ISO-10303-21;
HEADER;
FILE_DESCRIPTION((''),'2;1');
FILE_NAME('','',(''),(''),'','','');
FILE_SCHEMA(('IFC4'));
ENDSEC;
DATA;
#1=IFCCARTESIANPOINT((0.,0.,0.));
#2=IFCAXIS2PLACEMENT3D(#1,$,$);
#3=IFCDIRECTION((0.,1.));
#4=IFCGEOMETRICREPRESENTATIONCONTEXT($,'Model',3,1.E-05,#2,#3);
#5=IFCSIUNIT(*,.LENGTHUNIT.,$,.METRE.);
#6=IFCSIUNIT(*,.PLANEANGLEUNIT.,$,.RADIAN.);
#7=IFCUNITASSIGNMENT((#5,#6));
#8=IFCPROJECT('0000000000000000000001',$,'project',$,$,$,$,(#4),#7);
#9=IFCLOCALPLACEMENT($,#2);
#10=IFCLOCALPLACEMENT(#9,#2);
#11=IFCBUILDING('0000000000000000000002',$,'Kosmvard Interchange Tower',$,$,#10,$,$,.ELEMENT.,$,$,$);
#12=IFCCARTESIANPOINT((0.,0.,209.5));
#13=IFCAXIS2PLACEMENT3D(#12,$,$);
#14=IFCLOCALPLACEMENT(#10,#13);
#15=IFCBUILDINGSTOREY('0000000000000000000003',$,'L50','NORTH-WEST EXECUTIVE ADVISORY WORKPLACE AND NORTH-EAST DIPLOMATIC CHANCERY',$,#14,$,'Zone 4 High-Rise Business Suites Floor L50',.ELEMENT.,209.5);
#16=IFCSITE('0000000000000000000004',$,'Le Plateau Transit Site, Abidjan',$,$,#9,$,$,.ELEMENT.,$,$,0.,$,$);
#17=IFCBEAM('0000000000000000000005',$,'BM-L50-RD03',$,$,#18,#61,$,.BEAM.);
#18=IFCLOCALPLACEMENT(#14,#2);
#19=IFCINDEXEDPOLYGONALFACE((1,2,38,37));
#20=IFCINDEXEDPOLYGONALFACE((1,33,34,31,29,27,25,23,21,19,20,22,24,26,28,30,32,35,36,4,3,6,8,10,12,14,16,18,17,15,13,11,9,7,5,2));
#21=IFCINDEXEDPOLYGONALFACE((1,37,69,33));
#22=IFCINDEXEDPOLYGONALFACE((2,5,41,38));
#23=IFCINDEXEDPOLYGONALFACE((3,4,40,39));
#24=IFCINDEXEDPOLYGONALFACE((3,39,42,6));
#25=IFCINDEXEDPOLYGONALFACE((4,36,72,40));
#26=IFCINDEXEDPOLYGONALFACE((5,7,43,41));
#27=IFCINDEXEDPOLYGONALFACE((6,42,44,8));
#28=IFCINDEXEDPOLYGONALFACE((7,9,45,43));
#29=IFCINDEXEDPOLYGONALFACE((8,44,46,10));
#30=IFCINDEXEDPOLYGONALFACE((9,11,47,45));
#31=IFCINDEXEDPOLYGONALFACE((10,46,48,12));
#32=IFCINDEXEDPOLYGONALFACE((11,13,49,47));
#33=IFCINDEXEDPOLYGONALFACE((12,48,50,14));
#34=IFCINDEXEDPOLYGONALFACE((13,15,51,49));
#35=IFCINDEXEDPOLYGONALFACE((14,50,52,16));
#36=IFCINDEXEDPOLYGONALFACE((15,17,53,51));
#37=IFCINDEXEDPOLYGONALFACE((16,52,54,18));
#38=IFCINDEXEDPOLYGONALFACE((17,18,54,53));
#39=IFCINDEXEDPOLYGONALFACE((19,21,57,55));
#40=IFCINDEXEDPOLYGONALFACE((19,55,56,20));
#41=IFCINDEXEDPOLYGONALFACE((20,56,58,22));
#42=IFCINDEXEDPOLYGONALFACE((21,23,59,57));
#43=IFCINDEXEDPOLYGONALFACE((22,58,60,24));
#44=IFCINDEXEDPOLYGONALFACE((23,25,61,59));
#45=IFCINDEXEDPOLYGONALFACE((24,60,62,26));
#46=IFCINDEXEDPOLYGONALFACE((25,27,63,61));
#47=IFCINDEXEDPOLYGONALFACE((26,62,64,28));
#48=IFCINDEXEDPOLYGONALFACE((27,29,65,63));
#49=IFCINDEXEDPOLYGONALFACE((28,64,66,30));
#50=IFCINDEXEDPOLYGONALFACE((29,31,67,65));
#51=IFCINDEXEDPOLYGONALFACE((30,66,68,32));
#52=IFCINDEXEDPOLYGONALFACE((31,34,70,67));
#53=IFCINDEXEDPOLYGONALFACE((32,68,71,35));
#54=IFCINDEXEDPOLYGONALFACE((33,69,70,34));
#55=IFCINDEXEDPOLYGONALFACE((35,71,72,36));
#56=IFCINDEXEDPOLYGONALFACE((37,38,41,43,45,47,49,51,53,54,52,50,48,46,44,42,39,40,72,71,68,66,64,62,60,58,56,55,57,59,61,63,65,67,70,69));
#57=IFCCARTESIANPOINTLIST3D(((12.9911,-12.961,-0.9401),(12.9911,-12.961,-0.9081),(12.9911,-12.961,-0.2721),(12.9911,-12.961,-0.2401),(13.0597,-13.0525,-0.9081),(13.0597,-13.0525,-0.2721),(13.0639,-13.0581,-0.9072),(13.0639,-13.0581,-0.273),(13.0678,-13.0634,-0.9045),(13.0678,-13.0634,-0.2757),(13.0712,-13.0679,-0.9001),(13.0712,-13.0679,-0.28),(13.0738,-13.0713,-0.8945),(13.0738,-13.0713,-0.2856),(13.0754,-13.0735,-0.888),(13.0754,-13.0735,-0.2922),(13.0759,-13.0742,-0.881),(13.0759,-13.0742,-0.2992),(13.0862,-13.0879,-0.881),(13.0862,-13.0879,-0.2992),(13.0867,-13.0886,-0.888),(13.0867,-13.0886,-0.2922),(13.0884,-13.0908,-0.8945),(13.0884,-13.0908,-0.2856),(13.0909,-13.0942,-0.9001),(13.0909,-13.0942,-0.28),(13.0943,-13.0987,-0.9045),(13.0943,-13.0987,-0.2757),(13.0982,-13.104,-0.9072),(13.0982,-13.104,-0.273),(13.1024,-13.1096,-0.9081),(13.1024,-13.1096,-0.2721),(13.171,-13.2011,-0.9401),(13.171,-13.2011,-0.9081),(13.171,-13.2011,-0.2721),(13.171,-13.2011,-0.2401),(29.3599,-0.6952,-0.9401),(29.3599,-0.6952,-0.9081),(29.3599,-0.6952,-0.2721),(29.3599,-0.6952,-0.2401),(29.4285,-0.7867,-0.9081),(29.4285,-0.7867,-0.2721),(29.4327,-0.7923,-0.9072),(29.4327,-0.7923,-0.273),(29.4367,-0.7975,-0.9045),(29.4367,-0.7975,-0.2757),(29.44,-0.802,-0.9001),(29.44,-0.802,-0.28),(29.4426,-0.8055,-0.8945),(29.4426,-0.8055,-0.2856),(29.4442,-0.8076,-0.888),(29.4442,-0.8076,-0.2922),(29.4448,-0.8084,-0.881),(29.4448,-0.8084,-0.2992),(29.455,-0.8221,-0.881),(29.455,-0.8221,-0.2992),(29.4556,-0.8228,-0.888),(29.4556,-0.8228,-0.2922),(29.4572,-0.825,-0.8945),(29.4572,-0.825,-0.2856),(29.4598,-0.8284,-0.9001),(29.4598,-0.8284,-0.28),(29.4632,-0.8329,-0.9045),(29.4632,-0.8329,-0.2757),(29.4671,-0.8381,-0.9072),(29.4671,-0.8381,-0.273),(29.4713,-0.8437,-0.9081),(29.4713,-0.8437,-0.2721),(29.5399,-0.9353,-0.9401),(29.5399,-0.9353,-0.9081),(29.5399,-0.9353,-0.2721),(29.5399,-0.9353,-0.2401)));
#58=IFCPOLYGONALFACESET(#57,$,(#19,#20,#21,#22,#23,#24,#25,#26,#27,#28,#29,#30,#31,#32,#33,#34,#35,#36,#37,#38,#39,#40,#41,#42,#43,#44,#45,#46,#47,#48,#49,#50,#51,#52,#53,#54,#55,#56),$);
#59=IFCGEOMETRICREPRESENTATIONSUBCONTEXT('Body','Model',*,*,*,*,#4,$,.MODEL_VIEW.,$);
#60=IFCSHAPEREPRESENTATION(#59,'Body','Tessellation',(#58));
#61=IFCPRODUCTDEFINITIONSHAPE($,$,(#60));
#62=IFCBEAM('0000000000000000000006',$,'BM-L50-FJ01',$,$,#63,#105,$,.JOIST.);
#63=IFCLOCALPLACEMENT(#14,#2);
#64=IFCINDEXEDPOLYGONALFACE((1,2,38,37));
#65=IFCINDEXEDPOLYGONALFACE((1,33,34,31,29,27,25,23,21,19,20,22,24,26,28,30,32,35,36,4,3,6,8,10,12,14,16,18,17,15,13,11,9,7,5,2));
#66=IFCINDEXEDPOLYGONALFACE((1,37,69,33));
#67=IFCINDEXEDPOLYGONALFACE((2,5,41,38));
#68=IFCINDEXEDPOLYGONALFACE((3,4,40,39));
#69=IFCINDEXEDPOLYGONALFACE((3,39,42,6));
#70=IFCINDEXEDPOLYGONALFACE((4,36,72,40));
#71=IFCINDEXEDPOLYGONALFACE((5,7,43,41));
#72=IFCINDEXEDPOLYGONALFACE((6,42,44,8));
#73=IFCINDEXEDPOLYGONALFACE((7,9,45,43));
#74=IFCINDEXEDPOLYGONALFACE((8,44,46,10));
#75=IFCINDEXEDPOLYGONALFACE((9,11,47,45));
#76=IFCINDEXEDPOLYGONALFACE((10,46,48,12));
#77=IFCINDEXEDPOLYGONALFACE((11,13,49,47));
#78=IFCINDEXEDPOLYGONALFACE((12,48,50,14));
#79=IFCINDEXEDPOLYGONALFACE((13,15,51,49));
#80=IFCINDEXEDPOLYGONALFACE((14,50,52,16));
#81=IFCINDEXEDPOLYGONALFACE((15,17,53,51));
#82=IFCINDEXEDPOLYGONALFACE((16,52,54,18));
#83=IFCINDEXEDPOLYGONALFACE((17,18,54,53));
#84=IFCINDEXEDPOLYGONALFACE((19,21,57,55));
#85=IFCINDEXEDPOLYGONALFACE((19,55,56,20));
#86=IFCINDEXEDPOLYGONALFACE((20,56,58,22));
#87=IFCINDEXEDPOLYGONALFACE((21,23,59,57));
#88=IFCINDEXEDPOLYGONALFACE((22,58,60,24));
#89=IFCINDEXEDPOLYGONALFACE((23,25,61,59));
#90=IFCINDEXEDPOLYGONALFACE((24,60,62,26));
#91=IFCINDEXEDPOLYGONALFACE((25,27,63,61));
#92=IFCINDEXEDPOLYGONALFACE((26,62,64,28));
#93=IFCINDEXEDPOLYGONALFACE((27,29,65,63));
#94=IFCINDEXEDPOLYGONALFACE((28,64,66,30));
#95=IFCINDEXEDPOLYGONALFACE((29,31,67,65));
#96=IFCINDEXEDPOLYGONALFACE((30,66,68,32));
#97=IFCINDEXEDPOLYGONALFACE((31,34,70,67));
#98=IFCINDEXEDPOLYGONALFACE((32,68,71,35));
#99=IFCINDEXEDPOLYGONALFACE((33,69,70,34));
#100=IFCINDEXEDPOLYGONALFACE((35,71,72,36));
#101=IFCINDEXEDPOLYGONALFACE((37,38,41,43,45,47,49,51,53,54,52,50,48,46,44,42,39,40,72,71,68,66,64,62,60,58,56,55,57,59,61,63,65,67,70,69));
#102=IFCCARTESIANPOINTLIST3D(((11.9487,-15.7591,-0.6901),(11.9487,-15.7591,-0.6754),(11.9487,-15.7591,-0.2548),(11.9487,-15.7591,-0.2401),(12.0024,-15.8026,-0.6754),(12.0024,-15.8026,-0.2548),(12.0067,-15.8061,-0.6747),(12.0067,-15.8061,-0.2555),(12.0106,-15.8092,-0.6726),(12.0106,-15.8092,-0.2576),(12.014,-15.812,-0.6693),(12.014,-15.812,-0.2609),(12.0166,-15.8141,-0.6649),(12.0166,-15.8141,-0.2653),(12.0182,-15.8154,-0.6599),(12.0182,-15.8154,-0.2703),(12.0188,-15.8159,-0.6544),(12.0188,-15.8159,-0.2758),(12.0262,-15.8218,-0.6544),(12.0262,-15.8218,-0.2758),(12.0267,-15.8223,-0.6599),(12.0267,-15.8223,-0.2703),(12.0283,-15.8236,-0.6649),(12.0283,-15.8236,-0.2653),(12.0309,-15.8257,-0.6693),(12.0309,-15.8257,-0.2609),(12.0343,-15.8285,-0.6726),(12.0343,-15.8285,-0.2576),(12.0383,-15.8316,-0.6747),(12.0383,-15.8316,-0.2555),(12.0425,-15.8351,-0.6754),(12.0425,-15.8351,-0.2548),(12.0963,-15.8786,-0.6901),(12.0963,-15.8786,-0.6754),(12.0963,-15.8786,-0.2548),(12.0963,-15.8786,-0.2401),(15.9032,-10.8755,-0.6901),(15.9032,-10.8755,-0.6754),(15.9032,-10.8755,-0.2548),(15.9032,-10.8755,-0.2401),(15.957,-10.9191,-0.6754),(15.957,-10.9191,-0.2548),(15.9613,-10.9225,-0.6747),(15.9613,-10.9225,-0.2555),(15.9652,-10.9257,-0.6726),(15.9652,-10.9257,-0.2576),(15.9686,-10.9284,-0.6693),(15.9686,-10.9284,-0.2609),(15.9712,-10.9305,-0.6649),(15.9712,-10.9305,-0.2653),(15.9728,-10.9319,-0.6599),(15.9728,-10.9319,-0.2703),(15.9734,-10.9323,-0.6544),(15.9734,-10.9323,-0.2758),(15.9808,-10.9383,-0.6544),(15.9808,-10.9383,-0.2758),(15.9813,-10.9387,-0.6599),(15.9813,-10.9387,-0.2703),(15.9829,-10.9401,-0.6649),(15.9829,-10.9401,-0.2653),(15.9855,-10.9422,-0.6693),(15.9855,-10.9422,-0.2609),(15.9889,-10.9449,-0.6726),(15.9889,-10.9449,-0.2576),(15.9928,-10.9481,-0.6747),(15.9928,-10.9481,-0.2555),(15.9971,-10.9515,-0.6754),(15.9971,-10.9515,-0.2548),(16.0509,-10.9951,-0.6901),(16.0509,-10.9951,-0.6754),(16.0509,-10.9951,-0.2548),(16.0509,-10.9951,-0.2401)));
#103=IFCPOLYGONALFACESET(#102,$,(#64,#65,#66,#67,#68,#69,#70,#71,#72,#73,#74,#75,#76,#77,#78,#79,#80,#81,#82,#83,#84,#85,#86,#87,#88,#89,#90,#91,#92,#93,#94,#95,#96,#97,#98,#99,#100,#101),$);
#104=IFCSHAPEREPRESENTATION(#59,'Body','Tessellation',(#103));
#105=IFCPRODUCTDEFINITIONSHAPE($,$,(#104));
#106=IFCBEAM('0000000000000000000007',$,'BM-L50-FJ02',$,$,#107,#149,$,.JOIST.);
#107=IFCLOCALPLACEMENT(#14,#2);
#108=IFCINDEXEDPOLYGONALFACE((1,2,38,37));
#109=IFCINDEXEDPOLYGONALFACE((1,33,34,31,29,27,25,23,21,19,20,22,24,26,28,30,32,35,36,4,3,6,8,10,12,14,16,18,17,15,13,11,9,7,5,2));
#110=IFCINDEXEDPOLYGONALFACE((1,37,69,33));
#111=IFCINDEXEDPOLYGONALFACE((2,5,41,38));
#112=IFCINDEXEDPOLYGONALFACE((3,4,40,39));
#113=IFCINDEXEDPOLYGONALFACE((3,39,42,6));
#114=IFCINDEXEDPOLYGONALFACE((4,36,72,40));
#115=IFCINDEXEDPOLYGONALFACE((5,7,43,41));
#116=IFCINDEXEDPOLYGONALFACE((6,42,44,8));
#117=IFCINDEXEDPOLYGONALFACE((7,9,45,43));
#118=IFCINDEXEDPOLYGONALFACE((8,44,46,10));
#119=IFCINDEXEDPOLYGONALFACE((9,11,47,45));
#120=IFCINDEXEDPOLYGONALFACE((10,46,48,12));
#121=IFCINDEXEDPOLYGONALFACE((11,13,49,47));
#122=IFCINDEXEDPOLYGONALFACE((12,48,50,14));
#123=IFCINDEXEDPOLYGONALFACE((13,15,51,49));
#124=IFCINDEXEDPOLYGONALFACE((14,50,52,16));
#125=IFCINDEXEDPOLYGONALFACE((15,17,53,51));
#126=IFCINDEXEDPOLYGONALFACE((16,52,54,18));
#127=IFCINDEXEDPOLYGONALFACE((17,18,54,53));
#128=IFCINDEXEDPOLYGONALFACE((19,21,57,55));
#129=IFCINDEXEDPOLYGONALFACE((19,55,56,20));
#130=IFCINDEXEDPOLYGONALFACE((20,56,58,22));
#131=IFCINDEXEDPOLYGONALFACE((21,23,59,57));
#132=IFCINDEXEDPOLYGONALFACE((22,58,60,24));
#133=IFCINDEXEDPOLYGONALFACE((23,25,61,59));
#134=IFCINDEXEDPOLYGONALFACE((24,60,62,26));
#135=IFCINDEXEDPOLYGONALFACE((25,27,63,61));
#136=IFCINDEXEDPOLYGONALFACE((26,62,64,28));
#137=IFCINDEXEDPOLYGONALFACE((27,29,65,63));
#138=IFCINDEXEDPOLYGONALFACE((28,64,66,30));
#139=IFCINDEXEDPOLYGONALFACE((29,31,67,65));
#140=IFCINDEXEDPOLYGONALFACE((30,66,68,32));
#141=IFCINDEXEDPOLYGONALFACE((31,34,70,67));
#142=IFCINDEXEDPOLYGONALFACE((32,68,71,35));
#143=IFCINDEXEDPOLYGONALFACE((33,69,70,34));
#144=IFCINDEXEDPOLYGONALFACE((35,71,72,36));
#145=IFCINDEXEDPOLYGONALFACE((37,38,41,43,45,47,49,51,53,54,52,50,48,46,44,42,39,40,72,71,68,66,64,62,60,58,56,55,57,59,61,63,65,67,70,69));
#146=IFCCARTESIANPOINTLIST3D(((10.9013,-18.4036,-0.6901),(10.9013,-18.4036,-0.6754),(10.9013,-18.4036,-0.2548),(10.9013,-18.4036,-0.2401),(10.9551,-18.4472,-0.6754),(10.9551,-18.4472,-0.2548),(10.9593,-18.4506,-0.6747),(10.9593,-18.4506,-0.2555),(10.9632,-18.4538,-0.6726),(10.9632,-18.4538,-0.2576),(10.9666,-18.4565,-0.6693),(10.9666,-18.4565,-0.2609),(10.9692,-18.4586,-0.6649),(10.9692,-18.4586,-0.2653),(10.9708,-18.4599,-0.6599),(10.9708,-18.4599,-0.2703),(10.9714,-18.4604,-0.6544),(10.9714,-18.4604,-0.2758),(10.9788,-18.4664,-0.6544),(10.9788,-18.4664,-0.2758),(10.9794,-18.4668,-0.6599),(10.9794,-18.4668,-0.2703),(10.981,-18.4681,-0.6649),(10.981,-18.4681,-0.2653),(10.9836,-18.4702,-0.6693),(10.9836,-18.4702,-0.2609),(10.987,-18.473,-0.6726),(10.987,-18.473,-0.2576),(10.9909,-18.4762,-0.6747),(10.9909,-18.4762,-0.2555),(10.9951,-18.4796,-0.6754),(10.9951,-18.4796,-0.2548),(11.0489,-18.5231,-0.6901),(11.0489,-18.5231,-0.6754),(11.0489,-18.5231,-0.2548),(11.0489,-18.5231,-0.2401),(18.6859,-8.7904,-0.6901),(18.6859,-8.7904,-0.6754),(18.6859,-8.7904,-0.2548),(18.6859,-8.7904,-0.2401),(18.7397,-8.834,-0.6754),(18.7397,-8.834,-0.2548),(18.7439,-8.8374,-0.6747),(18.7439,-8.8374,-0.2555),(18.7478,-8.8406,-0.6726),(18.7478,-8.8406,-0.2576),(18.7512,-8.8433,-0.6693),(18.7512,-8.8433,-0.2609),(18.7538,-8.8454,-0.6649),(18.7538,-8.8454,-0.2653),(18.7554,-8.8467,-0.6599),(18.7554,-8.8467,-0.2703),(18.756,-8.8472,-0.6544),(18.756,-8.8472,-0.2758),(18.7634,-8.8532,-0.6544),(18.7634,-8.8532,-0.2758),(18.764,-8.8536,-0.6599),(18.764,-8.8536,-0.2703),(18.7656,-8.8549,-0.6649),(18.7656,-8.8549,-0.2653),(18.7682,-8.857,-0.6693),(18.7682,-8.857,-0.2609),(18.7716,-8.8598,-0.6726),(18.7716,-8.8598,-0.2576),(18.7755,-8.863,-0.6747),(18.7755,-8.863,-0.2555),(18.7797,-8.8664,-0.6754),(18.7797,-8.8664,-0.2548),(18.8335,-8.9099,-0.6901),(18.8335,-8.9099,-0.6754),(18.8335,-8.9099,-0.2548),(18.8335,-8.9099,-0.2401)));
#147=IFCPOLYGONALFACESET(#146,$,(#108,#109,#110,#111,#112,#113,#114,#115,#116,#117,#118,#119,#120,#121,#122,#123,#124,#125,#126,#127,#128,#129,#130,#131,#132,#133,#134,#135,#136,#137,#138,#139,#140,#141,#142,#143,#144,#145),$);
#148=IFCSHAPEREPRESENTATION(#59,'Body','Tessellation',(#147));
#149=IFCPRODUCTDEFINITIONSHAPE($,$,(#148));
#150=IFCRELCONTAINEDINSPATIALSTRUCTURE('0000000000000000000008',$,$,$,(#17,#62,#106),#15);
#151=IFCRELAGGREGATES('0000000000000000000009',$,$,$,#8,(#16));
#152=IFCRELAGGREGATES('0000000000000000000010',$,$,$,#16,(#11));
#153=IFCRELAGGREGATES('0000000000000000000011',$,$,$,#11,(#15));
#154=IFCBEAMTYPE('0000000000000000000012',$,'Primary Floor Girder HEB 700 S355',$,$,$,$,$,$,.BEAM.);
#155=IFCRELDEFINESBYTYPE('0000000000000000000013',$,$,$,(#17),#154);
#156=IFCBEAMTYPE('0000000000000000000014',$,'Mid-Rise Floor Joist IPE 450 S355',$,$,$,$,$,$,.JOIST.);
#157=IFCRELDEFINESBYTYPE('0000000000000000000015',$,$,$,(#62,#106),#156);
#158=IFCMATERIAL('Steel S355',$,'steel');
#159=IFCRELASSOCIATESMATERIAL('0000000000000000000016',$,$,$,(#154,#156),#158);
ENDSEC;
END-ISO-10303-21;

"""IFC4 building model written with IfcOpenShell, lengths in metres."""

from ifc_helpers import new_model, si_unit, direction, frame, origin, origin_2d, place, context, subcontext, project, spatial, i_section, extrude, source, transform, mapped, material, material_profile, profile_set, type_object, element, save


model = new_model("IFC4")

# Units and contexts
model_context = context("Model", 3, precision=1e-05, world=origin(), true_north=direction((0.0, 1.0)))
body_context = subcontext(model_context, "Body", "Model", "MODEL_VIEW")
ifc_project = project(units=[si_unit("LENGTHUNIT", "METRE"), si_unit("PLANEANGLEUNIT", "RADIAN")], contexts=[model_context])

# Site, building, storey
site_placement = place(None, origin())
site = spatial("IfcSite", under=ifc_project, at=site_placement, Name="Le Plateau Transit Site, Abidjan", CompositionType="ELEMENT", RefElevation=0.0)
building_placement = place(site_placement, origin())
building = spatial("IfcBuilding", under=site, at=building_placement, Name="Kosmvard Interchange Tower", CompositionType="ELEMENT")
storey_placement = place(building_placement, frame((0.0, 0.0, 209.5)))
storey = spatial("IfcBuildingStorey", under=building, at=storey_placement, Name="L50", Description="NORTH-WEST EXECUTIVE ADVISORY WORKPLACE AND NORTH-EAST DIPLOMATIC CHANCERY", LongName="Zone 4 High-Rise Business Suites Floor L50", CompositionType="ELEMENT", Elevation=209.5)

# Beams
ifc_material_1 = material(Name="Steel S355", Category="steel")
ifc_material_profile_1 = material_profile(ifc_material_1, i_section(OverallWidth=0.3, OverallDepth=0.7, WebThickness=0.0171, FlangeThickness=0.032, FilletRadius=0.0271, at=origin_2d()), Name="HEB 700")
ifc_profile_set_1 = profile_set([ifc_material_profile_1], Name="Steel S355")
beam_type_1 = type_object("IfcBeamType", Name="Primary Floor Girder HEB 700 S355", PredefinedType="BEAM", material=ifc_profile_set_1)
shared_shape_1 = source(origin(), body_context, "Body", "SweptSolid", [
    extrude(i_section(OverallWidth=0.3, OverallDepth=0.7, WebThickness=0.0171, FlangeThickness=0.032, FilletRadius=0.0271, at=origin_2d()), origin(), (0.0, 0.0, 1.0), 20.4546),
])
beam_1_placement = place(storey_placement, frame((13.0811, -13.0811, -0.5901), z_axis=(0.800253, 0.599662, 0.0), x_axis=(-0.599662, 0.800253, 0.0)))
element("IfcBeam", 1, at=beam_1_placement, inside=storey, type_object=beam_type_1, Name="BM-L50-RD03", PredefinedType="BEAM", context=body_context, shape_type="MappedRepresentation", body=[
    mapped(shared_shape_1, transform((0.0, 0.0, 0.0), scale=1.0)),
])
ifc_material_profile_2 = material_profile(ifc_material_1, i_section(OverallWidth=0.1899, OverallDepth=0.45, WebThickness=0.0095, FlangeThickness=0.0146, FilletRadius=0.021, at=origin_2d()), Name="IPE 450")
ifc_profile_set_2 = profile_set([ifc_material_profile_2], Name="Steel S355")
beam_type_2 = type_object("IfcBeamType", Name="Mid-Rise Floor Joist IPE 450 S355", PredefinedType="JOIST", material=ifc_profile_set_2)
shared_shape_2 = source(origin(), body_context, "Body", "SweptSolid", [
    extrude(i_section(OverallWidth=0.1899, OverallDepth=0.45, WebThickness=0.0095, FlangeThickness=0.0146, FilletRadius=0.021, at=origin_2d()), origin(), (0.0, 0.0, 1.0), 6.2839),
])
beam_2_placement = place(storey_placement, frame((12.0225, -15.8188, -0.4651), z_axis=(0.629318, 0.777148, 0.0), x_axis=(-0.777148, 0.629318, 0.0)))
element("IfcBeam", 2, at=beam_2_placement, inside=storey, type_object=beam_type_2, Name="BM-L50-FJ01", PredefinedType="JOIST", context=body_context, shape_type="MappedRepresentation", body=[
    mapped(shared_shape_2, transform((0.0, 0.0, 0.0), scale=1.0)),
])
shared_shape_3 = source(origin(), body_context, "Body", "SweptSolid", [
    extrude(i_section(OverallWidth=0.1899, OverallDepth=0.45, WebThickness=0.0095, FlangeThickness=0.0146, FilletRadius=0.021, at=origin_2d()), origin(), (0.0, 0.0, 1.0), 12.3699),
])
beam_3_placement = place(storey_placement, frame((10.9751, -18.4634, -0.4651), z_axis=(0.62932, 0.777147, 0.0), x_axis=(-0.777147, 0.62932, 0.0)))
element("IfcBeam", 3, at=beam_3_placement, inside=storey, type_object=beam_type_2, Name="BM-L50-FJ02", PredefinedType="JOIST", context=body_context, shape_type="MappedRepresentation", body=[
    mapped(shared_shape_3, transform((0.0, 0.0, 0.0), scale=1.0)),
])

save(model, "model.ifc")
